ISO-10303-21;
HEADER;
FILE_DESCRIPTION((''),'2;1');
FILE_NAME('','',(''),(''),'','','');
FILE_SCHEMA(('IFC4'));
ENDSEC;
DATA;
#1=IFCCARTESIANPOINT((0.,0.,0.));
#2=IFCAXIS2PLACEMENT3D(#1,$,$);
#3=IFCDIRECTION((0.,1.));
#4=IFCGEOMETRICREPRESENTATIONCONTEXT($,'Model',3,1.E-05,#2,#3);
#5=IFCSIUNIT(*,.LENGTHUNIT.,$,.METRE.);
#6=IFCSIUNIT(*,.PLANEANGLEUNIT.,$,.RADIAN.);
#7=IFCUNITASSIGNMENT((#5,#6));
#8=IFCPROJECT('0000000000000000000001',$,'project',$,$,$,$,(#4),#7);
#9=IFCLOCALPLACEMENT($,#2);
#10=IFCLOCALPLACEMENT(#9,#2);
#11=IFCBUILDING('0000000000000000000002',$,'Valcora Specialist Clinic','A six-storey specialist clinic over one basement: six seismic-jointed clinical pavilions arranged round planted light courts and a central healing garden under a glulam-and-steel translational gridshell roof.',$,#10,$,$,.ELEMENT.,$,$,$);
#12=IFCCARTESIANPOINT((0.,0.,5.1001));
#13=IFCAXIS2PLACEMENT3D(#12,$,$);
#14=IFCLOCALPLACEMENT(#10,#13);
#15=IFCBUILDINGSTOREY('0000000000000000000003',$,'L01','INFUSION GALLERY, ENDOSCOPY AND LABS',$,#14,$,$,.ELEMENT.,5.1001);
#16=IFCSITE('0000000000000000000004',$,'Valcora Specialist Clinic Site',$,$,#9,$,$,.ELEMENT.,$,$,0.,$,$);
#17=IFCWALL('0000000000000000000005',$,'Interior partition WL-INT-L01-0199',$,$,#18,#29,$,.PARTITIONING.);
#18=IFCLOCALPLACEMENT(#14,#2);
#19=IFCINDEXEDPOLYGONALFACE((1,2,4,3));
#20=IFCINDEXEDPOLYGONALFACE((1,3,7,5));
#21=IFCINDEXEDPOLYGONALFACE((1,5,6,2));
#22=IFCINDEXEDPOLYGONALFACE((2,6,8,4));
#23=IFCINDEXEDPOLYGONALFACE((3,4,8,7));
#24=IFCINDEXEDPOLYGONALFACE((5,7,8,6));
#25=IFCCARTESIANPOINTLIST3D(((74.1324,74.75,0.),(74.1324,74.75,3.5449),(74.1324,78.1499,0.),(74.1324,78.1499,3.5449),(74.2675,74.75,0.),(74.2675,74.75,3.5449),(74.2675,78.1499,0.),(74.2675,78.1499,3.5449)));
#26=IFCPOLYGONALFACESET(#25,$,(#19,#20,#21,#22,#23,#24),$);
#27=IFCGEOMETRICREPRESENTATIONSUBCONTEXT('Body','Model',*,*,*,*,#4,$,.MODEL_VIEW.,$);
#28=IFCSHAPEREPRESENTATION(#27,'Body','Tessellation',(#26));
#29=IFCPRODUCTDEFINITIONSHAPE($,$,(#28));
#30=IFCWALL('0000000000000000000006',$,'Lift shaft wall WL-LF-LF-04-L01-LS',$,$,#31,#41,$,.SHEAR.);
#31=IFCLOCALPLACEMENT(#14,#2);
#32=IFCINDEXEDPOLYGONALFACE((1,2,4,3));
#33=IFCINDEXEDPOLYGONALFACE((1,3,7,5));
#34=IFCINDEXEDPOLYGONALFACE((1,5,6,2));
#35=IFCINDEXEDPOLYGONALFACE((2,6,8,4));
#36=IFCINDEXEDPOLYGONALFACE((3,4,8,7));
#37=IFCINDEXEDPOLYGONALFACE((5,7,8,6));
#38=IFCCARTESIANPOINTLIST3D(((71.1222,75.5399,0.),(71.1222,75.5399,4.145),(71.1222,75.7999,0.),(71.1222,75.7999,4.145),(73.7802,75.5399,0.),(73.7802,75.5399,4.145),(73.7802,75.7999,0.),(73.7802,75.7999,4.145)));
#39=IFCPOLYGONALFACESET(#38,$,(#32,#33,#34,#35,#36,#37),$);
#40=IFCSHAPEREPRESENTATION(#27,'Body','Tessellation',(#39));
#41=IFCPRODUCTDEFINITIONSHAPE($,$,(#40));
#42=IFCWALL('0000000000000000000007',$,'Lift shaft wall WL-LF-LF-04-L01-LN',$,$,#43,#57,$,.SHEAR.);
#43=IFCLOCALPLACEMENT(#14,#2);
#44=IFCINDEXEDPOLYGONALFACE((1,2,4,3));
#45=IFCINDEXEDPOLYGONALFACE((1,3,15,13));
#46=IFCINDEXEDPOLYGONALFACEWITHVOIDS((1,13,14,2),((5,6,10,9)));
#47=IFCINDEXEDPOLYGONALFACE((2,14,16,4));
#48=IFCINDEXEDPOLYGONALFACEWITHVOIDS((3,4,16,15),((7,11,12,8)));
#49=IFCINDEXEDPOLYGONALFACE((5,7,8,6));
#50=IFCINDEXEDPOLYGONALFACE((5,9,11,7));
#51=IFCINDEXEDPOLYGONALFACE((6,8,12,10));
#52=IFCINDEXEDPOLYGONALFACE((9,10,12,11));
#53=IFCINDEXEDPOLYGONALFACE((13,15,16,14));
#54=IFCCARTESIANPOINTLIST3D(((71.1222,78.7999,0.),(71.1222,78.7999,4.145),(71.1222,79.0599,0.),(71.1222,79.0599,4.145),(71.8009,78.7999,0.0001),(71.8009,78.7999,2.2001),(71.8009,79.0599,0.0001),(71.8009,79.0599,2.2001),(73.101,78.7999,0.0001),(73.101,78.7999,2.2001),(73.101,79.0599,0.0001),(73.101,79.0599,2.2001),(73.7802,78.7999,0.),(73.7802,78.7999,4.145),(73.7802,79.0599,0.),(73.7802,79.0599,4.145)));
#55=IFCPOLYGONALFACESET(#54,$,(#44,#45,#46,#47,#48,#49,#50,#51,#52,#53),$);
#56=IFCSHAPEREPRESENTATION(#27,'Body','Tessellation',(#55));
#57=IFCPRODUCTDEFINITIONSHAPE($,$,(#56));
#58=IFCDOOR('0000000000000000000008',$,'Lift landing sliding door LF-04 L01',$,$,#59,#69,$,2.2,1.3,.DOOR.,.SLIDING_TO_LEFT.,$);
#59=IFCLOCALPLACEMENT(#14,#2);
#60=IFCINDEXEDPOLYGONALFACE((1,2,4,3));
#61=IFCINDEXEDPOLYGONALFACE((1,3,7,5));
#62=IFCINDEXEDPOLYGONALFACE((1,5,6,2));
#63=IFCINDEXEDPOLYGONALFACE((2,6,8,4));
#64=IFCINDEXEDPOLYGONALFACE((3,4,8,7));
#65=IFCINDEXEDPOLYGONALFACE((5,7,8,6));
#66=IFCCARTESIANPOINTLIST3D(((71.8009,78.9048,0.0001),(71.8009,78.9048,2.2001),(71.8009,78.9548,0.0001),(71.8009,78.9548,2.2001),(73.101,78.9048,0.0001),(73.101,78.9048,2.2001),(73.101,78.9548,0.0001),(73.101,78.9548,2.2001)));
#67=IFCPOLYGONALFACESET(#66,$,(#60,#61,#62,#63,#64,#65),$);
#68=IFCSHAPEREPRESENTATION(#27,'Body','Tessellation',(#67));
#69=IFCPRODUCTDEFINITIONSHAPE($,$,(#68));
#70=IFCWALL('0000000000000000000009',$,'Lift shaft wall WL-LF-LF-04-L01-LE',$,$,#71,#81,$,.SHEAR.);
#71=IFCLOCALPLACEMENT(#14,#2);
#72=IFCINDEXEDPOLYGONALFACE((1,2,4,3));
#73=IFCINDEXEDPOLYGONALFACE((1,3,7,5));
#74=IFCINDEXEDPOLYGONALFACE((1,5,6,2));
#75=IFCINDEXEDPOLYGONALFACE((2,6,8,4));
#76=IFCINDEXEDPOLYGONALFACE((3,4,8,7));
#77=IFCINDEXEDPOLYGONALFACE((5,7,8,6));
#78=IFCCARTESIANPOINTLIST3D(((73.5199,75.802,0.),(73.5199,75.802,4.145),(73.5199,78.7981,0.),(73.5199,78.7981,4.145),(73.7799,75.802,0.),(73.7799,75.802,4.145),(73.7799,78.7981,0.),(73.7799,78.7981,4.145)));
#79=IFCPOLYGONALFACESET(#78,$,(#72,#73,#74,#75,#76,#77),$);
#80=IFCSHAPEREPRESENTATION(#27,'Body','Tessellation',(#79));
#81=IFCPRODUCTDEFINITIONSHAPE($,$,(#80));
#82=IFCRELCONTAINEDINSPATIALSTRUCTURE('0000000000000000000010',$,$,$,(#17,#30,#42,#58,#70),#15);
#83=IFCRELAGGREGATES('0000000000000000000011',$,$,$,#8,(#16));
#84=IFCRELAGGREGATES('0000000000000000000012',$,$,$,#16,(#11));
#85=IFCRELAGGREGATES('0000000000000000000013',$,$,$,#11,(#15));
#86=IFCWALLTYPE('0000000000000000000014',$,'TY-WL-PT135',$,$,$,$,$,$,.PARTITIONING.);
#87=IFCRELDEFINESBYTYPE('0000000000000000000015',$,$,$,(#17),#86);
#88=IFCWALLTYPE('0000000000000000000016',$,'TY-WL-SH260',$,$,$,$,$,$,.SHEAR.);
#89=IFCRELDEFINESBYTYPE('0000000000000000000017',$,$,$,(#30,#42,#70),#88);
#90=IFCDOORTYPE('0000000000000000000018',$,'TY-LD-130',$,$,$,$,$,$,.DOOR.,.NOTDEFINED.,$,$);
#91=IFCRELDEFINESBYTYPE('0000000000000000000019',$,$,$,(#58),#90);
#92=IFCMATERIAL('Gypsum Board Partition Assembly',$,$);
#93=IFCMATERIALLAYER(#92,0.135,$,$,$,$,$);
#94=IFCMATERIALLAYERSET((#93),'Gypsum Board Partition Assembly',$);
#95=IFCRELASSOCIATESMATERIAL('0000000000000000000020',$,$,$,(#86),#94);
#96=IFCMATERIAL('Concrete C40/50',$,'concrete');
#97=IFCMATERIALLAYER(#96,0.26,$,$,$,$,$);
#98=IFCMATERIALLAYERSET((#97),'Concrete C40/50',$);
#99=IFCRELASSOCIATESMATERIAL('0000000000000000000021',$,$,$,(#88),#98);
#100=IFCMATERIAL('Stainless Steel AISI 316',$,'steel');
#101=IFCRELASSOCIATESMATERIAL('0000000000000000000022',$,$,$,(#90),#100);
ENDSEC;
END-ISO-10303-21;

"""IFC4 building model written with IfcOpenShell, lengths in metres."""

from ifc_helpers import new_model, si_unit, direction, frame, frame_2d, origin, place, context, subcontext, project, spatial, rectangle, extrude, material, layer, layer_set, type_object, element, fill, save


model = new_model("IFC4")

# Units and contexts
model_context = context("Model", 3, precision=1e-05, world=origin(), true_north=direction((0.0, 1.0)))
body_context = subcontext(model_context, "Body", "Model", "MODEL_VIEW")
ifc_project = project(units=[si_unit("LENGTHUNIT", "METRE"), si_unit("PLANEANGLEUNIT", "RADIAN")], contexts=[model_context])

# Site, building, storey
site_placement = place(None, origin())
site = spatial("IfcSite", under=ifc_project, at=site_placement, Name="Valcora Specialist Clinic Site", CompositionType="ELEMENT", RefElevation=0.0)
building_placement = place(site_placement, origin())
building = spatial("IfcBuilding", under=site, at=building_placement, Name="Valcora Specialist Clinic", Description="A six-storey specialist clinic over one basement: six seismic-jointed clinical pavilions arranged round planted light courts and a central healing garden under a glulam-and-steel translational gridshell roof.", CompositionType="ELEMENT")
storey_placement = place(building_placement, frame((0.0, 0.0, 5.1001)))
storey = spatial("IfcBuildingStorey", under=building, at=storey_placement, Name="L01", Description="INFUSION GALLERY, ENDOSCOPY AND LABS", CompositionType="ELEMENT", Elevation=5.1001)

# Shared definitions
ifc_material_1 = material(Name="Concrete C40/50", Category="concrete")

# Shared definitions
ifc_material_2 = material(Name="Gypsum Board Partition Assembly")

# Walls
ifc_layer_1 = layer(ifc_material_2, 0.135)
ifc_layer_set_1 = layer_set([ifc_layer_1], Name="Gypsum Board Partition Assembly")
wall_type_1 = type_object("IfcWallType", Name="TY-WL-PT135", PredefinedType="PARTITIONING", material=ifc_layer_set_1)
wall_1_placement = place(storey_placement, frame((74.2, 74.75, 0.0), z_axis=(0.0, 0.0, 1.0), x_axis=(0.0, 1.0, 0.0)))
element("IfcWall", 1, at=wall_1_placement, inside=storey, type_object=wall_type_1, Name="Interior partition WL-INT-L01-0199", PredefinedType="PARTITIONING", context=body_context, shape_type="SweptSolid", body=[
    extrude(rectangle(XDim=3.3999, YDim=0.135, at=frame_2d((1.7, 0.0))), origin(), (0.0, 0.0, 1.0), 3.5449),
])
ifc_layer_2 = layer(ifc_material_1, 0.26)
ifc_layer_set_2 = layer_set([ifc_layer_2], Name="Concrete C40/50")
wall_type_2 = type_object("IfcWallType", Name="TY-WL-SH260", PredefinedType="SHEAR", material=ifc_layer_set_2)
wall_2_placement = place(storey_placement, frame((71.1221, 75.6699, 0.0), z_axis=(0.0, 0.0, 1.0), x_axis=(1.0, 0.0, 0.0)))
element("IfcWall", 2, at=wall_2_placement, inside=storey, type_object=wall_type_2, Name="Lift shaft wall WL-LF-LF-04-L01-LS", PredefinedType="SHEAR", context=body_context, shape_type="SweptSolid", body=[
    extrude(rectangle(XDim=2.658, YDim=0.26, at=frame_2d((1.3291, 0.0))), origin(), (0.0, 0.0, 1.0), 4.145),
])

# Wall, opening, door
wall_3_placement = place(storey_placement, frame((71.1221, 78.9299, 0.0), z_axis=(0.0, 0.0, 1.0), x_axis=(1.0, 0.0, 0.0)))
wall_3 = element("IfcWall", 3, at=wall_3_placement, inside=storey, type_object=wall_type_2, Name="Lift shaft wall WL-LF-LF-04-L01-LN", PredefinedType="SHEAR", context=body_context, shape_type="SweptSolid", body=[
    extrude(rectangle(XDim=2.658, YDim=0.26, at=frame_2d((1.3291, 0.0))), origin(), (0.0, 0.0, 1.0), 4.145),
])
opening_1_placement = place(wall_3_placement, frame((0.679, 0.0, 0.0)))
opening_1 = element("IfcOpeningElement", 4, at=opening_1_placement, cuts=wall_3, PredefinedType="OPENING", context=body_context, shape_type="SweptSolid", body=[
    extrude(rectangle(XDim=1.3, YDim=2.2, at=frame_2d((0.6499, 1.1001))), frame((0.0, 0.1399, 0.0), z_axis=(0.0, -1.0, 0.0), x_axis=(1.0, 0.0, 0.0)), (0.0, 0.0, 1.0), 0.28),
])
ifc_material_3 = material(Name="Stainless Steel AISI 316", Category="steel")
door_type_1 = type_object("IfcDoorType", Name="TY-LD-130", OperationType="NOTDEFINED", PredefinedType="DOOR", material=ifc_material_3)
door_1_placement = place(opening_1_placement, origin())
door_1 = element("IfcDoor", 5, at=door_1_placement, inside=storey, type_object=door_type_1, Name="Lift landing sliding door LF-04 L01", OperationType="SLIDING_TO_LEFT", OverallHeight=2.2, OverallWidth=1.3, PredefinedType="DOOR", context=body_context, shape_type="SweptSolid", body=[
    extrude(rectangle(XDim=1.3, YDim=2.2, at=frame_2d((0.6499, 1.1001))), frame((0.0, 0.0249, 0.0), z_axis=(0.0, -1.0, 0.0), x_axis=(1.0, 0.0, 0.0)), (0.0, 0.0, 1.0), 0.05),
])
fill(opening_1, door_1)

# Wall
wall_4_placement = place(storey_placement, frame((73.6499, 75.802, 0.0), z_axis=(0.0, 0.0, 1.0), x_axis=(0.0, 1.0, 0.0)))
element("IfcWall", 6, at=wall_4_placement, inside=storey, type_object=wall_type_2, Name="Lift shaft wall WL-LF-LF-04-L01-LE", PredefinedType="SHEAR", context=body_context, shape_type="SweptSolid", body=[
    extrude(rectangle(XDim=2.9961, YDim=0.26, at=frame_2d((1.498, 0.0))), origin(), (0.0, 0.0, 1.0), 4.145),
])

save(model, "model.ifc")
